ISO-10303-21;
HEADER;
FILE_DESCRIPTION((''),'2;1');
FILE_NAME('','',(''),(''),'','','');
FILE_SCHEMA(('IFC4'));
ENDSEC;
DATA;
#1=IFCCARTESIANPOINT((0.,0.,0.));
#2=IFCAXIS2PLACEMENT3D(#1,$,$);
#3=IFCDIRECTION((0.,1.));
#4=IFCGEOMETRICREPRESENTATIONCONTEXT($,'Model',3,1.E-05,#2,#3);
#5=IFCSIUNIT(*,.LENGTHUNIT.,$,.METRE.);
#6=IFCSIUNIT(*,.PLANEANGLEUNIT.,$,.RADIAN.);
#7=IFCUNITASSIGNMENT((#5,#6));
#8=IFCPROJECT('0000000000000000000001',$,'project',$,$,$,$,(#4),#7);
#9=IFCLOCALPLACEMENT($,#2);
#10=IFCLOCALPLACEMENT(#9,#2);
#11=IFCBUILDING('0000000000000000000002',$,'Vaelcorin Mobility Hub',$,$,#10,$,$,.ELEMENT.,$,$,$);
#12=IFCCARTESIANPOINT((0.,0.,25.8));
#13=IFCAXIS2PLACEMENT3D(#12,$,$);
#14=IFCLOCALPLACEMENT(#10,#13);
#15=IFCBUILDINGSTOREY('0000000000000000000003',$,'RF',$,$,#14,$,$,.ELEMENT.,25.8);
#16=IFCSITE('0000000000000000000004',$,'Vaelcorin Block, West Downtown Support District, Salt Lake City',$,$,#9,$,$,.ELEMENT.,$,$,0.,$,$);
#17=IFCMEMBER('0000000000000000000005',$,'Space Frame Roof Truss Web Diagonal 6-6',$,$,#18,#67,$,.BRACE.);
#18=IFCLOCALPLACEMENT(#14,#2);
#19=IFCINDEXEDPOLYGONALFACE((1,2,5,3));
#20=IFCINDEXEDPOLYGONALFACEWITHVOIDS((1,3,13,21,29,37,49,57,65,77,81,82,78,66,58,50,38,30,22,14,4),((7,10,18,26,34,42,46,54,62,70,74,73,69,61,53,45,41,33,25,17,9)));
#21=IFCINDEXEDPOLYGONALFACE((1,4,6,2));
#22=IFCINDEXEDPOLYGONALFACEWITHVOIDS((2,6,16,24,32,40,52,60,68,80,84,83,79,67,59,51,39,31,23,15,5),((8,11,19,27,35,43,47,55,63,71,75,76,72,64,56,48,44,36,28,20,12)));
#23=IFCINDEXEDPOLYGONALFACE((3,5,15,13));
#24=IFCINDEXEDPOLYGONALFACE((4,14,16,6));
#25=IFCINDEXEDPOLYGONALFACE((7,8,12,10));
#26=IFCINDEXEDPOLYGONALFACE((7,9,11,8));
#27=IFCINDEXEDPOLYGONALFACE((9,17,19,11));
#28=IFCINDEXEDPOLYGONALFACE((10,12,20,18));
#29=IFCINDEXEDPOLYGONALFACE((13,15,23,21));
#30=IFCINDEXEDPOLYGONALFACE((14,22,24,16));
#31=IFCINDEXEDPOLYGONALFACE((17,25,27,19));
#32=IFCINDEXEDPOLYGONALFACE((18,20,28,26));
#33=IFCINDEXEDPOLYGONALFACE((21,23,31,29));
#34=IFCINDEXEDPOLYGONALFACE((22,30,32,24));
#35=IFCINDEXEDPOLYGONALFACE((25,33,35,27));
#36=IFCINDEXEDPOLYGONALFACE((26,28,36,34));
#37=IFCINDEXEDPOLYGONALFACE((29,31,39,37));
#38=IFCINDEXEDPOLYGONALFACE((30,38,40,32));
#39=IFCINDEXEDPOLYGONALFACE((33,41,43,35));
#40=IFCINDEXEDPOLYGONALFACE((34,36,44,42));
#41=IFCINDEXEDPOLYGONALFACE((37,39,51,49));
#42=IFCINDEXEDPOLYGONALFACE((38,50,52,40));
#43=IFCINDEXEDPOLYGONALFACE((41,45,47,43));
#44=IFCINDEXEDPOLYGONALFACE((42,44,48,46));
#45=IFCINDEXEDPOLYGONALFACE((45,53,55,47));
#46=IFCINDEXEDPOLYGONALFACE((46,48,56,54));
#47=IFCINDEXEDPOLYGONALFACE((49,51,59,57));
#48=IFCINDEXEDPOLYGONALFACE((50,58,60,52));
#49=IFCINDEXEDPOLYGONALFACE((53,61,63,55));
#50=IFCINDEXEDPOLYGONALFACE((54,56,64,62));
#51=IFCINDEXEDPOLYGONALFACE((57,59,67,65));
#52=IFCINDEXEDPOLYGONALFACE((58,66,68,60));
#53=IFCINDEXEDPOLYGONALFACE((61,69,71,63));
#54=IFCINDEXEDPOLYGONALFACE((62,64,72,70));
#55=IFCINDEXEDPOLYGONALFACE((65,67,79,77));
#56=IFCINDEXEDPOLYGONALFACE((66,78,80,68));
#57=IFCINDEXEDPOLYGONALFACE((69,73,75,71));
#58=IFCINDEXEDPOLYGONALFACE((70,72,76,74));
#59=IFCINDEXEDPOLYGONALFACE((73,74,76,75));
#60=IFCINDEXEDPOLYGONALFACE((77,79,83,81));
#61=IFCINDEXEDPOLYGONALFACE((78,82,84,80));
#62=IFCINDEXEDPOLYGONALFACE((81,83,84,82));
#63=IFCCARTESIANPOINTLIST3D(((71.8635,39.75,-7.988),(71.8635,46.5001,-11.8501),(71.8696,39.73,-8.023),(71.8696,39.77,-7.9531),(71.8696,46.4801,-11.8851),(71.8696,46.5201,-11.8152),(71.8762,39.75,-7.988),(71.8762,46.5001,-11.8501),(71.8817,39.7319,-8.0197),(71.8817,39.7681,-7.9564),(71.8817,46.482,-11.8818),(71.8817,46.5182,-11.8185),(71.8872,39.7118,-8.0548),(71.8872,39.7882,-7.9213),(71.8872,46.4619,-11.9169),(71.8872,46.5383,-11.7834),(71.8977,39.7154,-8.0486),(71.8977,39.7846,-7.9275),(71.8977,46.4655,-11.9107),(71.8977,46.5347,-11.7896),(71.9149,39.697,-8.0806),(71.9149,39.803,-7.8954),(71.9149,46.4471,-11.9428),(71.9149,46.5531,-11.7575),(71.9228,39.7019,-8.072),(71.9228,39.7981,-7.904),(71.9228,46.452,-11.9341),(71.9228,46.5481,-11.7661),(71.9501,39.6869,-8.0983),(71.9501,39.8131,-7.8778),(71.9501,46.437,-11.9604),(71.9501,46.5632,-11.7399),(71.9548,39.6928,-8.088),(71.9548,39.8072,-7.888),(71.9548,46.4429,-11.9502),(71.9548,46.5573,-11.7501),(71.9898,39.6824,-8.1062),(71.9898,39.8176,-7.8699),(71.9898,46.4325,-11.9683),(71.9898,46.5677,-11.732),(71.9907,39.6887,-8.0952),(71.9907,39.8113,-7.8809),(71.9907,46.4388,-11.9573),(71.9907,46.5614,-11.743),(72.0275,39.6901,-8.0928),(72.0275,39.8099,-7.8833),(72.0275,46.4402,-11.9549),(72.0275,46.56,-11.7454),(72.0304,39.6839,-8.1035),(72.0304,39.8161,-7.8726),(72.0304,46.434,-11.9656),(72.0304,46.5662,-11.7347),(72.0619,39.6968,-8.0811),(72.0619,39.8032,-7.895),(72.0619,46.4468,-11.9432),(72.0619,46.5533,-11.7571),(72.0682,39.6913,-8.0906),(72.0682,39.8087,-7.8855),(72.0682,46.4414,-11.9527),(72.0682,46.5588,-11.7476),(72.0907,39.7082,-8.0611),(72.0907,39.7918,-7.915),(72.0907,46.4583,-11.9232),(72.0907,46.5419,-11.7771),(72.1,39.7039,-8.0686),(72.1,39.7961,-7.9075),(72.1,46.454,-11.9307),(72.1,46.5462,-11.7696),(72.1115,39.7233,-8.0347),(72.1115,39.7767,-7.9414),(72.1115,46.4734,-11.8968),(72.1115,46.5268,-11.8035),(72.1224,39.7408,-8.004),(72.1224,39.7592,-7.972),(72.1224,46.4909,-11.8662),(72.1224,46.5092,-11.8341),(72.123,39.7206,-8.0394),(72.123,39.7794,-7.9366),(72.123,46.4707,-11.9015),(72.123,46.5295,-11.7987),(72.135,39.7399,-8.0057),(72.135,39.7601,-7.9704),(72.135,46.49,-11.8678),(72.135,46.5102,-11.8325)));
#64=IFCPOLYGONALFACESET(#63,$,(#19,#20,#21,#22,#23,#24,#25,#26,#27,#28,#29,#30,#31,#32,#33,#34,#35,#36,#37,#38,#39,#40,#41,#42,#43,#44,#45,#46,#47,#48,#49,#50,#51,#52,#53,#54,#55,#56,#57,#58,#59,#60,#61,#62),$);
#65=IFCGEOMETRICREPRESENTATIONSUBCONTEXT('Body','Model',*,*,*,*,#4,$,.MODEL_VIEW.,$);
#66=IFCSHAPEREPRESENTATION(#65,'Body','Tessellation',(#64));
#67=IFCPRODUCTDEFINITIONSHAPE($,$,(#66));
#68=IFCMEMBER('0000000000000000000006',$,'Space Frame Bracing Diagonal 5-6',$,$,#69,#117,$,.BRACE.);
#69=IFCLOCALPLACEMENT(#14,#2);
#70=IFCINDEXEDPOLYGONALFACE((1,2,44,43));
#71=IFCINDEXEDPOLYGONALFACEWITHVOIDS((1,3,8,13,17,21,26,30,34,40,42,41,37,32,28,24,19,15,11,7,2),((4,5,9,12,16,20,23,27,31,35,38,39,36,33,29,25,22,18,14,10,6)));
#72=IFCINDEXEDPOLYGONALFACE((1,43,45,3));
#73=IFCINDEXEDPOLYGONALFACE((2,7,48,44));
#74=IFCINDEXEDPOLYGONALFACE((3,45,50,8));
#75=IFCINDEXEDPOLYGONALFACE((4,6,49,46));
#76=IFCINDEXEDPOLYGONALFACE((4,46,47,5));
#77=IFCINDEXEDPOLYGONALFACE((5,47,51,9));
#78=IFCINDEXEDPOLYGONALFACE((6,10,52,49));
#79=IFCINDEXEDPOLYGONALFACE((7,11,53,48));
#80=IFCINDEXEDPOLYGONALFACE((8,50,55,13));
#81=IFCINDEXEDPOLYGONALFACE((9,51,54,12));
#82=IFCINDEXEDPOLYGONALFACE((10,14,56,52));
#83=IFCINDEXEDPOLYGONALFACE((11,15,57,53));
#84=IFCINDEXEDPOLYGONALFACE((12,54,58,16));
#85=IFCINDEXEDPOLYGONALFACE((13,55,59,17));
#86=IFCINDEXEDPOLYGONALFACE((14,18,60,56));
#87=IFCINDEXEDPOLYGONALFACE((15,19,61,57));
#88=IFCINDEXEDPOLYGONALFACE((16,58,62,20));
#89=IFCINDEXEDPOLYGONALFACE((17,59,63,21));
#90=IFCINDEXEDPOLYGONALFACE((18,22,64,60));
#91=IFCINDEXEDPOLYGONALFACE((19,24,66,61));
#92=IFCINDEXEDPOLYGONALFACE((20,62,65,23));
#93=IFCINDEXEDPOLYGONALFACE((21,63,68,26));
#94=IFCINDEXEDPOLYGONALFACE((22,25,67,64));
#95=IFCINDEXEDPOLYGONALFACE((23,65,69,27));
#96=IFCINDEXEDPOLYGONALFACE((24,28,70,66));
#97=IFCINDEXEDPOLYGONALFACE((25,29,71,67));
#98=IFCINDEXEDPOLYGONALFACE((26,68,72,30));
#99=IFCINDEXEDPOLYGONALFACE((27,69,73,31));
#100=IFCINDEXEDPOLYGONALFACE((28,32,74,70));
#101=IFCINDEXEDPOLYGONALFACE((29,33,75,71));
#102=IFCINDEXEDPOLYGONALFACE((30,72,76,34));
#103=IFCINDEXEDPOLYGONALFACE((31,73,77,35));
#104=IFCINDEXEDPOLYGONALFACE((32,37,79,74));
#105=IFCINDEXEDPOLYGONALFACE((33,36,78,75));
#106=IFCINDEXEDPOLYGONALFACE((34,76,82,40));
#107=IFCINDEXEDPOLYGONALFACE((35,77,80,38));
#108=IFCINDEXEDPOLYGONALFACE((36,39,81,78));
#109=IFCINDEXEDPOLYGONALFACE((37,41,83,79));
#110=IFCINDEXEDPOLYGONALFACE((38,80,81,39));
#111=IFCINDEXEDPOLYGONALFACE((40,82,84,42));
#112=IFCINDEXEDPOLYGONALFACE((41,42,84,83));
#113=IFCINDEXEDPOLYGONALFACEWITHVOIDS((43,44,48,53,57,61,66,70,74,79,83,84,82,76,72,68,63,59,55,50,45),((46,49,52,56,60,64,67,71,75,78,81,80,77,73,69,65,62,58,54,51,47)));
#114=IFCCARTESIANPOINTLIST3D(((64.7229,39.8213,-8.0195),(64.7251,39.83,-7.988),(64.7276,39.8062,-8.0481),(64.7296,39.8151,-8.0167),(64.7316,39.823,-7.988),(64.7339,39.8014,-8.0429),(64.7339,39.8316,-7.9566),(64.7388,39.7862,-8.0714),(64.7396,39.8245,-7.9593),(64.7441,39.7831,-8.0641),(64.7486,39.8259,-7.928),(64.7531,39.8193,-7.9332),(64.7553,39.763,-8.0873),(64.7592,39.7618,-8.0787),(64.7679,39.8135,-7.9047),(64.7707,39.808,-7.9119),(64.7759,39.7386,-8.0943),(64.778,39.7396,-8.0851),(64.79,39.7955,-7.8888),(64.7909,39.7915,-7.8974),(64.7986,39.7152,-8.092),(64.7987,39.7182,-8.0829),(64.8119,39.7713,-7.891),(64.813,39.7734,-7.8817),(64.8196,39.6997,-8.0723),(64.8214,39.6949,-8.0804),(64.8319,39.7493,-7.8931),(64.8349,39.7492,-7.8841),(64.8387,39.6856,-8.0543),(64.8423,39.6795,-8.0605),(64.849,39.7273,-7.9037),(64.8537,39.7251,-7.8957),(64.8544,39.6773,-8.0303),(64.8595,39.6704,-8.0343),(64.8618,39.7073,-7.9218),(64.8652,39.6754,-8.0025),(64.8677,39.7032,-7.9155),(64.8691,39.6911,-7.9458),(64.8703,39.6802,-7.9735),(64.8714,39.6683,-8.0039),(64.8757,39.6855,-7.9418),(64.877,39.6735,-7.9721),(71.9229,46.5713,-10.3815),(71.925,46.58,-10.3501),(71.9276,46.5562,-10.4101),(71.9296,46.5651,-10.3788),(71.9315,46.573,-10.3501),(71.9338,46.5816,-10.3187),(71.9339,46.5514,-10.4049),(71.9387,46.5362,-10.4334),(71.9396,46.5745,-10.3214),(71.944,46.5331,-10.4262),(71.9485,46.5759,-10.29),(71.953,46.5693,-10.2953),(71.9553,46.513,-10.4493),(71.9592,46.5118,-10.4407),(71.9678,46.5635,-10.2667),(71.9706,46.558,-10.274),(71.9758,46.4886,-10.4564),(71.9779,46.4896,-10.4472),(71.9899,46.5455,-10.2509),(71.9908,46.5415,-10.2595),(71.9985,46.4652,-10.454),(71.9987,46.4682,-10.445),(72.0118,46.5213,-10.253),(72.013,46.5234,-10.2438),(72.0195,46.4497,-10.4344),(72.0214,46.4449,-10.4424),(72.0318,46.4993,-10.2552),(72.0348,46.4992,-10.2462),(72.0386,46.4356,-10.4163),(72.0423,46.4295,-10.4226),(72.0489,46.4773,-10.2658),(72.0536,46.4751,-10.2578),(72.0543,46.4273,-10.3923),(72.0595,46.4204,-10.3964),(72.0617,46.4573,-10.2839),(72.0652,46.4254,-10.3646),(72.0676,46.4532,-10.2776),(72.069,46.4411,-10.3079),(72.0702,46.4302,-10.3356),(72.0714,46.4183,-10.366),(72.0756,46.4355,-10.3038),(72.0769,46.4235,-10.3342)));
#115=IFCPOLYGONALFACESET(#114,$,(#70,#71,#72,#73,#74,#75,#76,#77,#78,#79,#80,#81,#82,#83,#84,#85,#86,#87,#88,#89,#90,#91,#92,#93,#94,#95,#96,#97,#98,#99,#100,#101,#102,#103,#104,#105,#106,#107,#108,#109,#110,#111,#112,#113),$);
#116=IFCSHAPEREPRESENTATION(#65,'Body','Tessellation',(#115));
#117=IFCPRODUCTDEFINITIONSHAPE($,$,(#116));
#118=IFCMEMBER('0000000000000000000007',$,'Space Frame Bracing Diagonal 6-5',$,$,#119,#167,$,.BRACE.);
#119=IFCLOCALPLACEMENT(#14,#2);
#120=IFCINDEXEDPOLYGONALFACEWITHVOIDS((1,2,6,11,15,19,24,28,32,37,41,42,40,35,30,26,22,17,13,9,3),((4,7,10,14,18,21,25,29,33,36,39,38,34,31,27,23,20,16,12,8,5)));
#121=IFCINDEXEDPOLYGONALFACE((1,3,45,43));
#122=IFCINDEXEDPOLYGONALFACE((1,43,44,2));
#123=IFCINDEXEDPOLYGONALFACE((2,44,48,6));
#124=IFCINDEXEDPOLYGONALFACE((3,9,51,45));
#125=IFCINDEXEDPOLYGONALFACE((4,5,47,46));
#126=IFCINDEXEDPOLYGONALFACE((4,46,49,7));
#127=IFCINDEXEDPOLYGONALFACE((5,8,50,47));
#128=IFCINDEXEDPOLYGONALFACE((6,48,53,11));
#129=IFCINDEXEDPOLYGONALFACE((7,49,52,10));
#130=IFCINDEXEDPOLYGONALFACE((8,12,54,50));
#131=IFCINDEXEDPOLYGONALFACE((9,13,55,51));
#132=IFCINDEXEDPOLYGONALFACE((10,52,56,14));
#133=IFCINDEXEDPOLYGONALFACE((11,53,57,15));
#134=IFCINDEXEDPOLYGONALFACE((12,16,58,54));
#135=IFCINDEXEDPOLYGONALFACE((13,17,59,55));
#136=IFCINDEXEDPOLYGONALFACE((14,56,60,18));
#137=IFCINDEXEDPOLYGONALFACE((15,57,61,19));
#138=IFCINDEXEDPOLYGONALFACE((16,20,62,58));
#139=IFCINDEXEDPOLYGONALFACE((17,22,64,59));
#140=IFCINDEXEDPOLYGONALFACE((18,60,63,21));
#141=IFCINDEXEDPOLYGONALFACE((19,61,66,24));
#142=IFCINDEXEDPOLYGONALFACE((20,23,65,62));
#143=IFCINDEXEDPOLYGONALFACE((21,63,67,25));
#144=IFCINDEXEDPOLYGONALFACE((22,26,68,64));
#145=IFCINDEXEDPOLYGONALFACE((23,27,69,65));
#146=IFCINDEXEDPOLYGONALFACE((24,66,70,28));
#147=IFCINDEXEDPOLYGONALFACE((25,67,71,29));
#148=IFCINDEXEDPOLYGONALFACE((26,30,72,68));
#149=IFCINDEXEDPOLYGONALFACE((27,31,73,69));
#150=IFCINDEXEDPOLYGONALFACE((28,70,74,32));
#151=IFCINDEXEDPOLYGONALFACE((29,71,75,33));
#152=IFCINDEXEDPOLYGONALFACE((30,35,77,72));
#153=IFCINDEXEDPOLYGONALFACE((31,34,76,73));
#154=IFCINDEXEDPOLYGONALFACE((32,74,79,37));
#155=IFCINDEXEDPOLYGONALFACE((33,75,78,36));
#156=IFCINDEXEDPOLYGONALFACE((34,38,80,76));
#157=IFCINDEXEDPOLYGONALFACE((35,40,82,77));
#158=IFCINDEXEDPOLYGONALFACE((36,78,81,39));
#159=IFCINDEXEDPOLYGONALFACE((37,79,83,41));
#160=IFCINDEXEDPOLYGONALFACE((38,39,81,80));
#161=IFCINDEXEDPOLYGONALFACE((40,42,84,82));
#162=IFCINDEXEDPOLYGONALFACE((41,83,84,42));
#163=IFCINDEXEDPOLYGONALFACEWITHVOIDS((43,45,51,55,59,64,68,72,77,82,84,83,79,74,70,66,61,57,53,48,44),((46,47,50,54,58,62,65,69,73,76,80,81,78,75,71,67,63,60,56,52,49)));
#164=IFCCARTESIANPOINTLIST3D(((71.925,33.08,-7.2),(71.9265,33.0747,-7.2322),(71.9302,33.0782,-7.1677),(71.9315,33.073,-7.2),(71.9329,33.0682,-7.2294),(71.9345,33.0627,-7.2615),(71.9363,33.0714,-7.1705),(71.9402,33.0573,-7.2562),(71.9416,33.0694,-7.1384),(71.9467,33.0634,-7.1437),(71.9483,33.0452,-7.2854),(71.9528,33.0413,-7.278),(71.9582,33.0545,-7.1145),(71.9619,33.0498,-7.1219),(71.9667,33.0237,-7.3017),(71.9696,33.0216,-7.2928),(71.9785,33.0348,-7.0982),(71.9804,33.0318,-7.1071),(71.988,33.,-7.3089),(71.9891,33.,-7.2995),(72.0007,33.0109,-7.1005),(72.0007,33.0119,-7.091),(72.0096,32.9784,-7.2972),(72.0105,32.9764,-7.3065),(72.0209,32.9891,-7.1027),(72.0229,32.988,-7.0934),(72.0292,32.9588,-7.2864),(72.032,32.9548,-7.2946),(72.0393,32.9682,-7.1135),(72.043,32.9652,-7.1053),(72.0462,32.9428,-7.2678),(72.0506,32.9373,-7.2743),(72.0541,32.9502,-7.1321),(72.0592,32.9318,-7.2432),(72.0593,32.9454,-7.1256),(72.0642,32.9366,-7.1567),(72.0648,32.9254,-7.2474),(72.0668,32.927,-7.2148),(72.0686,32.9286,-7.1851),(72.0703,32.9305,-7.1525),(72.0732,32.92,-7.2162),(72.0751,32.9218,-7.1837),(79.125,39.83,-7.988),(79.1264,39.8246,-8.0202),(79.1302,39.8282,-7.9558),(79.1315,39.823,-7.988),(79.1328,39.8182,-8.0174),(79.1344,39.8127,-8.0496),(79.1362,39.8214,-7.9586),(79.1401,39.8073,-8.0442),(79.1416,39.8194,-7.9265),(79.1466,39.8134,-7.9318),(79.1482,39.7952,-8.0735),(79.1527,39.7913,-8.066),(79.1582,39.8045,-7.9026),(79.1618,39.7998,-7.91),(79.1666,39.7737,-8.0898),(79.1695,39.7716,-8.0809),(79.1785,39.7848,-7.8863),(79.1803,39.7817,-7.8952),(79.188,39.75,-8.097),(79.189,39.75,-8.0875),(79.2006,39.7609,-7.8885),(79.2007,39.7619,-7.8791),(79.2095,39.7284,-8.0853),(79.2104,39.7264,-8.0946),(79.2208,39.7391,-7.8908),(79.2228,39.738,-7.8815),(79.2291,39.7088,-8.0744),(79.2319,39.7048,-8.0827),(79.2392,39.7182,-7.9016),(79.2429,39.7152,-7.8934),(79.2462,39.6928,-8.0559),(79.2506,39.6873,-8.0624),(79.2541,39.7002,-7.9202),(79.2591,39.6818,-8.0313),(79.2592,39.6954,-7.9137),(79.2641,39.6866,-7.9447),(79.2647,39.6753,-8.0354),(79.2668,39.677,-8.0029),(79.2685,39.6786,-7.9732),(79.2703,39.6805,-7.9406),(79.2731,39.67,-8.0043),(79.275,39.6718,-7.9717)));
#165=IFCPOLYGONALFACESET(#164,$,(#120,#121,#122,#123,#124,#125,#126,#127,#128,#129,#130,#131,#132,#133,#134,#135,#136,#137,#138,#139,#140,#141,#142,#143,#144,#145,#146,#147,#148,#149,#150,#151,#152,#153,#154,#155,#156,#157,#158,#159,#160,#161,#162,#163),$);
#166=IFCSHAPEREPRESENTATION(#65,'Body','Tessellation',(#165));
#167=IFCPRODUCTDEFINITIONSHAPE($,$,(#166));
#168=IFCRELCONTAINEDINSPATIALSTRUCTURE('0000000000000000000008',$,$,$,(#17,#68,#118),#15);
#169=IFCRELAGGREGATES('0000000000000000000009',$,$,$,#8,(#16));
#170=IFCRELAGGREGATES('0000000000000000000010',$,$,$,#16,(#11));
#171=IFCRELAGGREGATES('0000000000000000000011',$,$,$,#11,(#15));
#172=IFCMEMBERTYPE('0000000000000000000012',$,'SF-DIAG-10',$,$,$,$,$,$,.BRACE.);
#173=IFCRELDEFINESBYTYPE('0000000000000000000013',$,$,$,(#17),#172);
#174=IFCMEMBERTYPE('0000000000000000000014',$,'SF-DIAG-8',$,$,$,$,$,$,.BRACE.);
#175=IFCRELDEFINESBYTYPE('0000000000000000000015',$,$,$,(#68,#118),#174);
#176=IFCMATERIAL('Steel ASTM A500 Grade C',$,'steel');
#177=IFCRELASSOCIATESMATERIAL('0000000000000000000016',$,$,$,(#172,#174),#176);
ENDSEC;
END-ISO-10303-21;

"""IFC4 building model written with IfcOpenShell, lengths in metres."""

from ifc_helpers import new_model, si_unit, direction, frame, origin, origin_2d, place, context, subcontext, project, spatial, hollow_circle, extrude, material, material_profile, profile_set, type_object, element, save


model = new_model("IFC4")

# Units and contexts
model_context = context("Model", 3, precision=1e-05, world=origin(), true_north=direction((0.0, 1.0)))
body_context = subcontext(model_context, "Body", "Model", "MODEL_VIEW")
ifc_project = project(units=[si_unit("LENGTHUNIT", "METRE"), si_unit("PLANEANGLEUNIT", "RADIAN")], contexts=[model_context])

# Site, building, storey
site_placement = place(None, origin())
site = spatial("IfcSite", under=ifc_project, at=site_placement, Name="Vaelcorin Block, West Downtown Support District, Salt Lake City", CompositionType="ELEMENT", RefElevation=0.0)
building_placement = place(site_placement, origin())
building = spatial("IfcBuilding", under=site, at=building_placement, Name="Vaelcorin Mobility Hub", CompositionType="ELEMENT")
storey_placement = place(building_placement, frame((0.0, 0.0, 25.8)))
storey = spatial("IfcBuildingStorey", under=building, at=storey_placement, Name="RF", CompositionType="ELEMENT", Elevation=25.8)

# Members
ifc_material_1 = material(Name="Steel ASTM A500 Grade C", Category="steel")
ifc_material_profile_1 = material_profile(ifc_material_1, hollow_circle(Radius=0.1365, WallThickness=0.0127, at=origin_2d()), Name="HSS10.750X0.500")
ifc_profile_set_1 = profile_set([ifc_material_profile_1], Name="Steel ASTM A500 Grade C")
member_type_1 = type_object("IfcMemberType", Name="SF-DIAG-10", PredefinedType="BRACE", material=ifc_profile_set_1)
member_1_placement = place(storey_placement, frame((72.0, 39.75, -7.988), z_axis=(0.0, 0.867971, -0.496616), x_axis=(-1.0, 0.0, 0.0)))
element("IfcMember", 1, at=member_1_placement, inside=storey, type_object=member_type_1, Name="Space Frame Roof Truss Web Diagonal 6-6", PredefinedType="BRACE", context=body_context, shape_type="SweptSolid", body=[
    extrude(hollow_circle(Radius=0.1365, WallThickness=0.0127, at=origin_2d()), origin(), (0.0, 0.0, 1.0), 7.7769),
])
ifc_material_profile_2 = material_profile(ifc_material_1, hollow_circle(Radius=0.1096, WallThickness=0.0095, at=origin_2d()), Name="HSS8.625X0.375")
ifc_profile_set_2 = profile_set([ifc_material_profile_2], Name="Steel ASTM A500 Grade C")
member_type_2 = type_object("IfcMemberType", Name="SF-DIAG-8", PredefinedType="BRACE", material=ifc_profile_set_2)
member_2_placement = place(storey_placement, frame((64.8, 39.75, -7.988), z_axis=(0.709497, 0.665158, -0.232762), x_axis=(-0.683944, 0.729535, 0.0)))
element("IfcMember", 2, at=member_2_placement, inside=storey, type_object=member_type_2, Name="Space Frame Bracing Diagonal 5-6", PredefinedType="BRACE", context=body_context, shape_type="SweptSolid", body=[
    extrude(hollow_circle(Radius=0.1096, WallThickness=0.0095, at=origin_2d()), origin(), (0.0, 0.0, 1.0), 10.1479),
])
member_3_placement = place(storey_placement, frame((72.0, 33.0, -7.2), z_axis=(0.72722, 0.681773, -0.079599), x_axis=(-0.683944, 0.729535, 0.0)))
element("IfcMember", 3, at=member_3_placement, inside=storey, type_object=member_type_2, Name="Space Frame Bracing Diagonal 6-5", PredefinedType="BRACE", context=body_context, shape_type="SweptSolid", body=[
    extrude(hollow_circle(Radius=0.1096, WallThickness=0.0095, at=origin_2d()), origin(), (0.0, 0.0, 1.0), 9.9006),
])

save(model, "model.ifc")
